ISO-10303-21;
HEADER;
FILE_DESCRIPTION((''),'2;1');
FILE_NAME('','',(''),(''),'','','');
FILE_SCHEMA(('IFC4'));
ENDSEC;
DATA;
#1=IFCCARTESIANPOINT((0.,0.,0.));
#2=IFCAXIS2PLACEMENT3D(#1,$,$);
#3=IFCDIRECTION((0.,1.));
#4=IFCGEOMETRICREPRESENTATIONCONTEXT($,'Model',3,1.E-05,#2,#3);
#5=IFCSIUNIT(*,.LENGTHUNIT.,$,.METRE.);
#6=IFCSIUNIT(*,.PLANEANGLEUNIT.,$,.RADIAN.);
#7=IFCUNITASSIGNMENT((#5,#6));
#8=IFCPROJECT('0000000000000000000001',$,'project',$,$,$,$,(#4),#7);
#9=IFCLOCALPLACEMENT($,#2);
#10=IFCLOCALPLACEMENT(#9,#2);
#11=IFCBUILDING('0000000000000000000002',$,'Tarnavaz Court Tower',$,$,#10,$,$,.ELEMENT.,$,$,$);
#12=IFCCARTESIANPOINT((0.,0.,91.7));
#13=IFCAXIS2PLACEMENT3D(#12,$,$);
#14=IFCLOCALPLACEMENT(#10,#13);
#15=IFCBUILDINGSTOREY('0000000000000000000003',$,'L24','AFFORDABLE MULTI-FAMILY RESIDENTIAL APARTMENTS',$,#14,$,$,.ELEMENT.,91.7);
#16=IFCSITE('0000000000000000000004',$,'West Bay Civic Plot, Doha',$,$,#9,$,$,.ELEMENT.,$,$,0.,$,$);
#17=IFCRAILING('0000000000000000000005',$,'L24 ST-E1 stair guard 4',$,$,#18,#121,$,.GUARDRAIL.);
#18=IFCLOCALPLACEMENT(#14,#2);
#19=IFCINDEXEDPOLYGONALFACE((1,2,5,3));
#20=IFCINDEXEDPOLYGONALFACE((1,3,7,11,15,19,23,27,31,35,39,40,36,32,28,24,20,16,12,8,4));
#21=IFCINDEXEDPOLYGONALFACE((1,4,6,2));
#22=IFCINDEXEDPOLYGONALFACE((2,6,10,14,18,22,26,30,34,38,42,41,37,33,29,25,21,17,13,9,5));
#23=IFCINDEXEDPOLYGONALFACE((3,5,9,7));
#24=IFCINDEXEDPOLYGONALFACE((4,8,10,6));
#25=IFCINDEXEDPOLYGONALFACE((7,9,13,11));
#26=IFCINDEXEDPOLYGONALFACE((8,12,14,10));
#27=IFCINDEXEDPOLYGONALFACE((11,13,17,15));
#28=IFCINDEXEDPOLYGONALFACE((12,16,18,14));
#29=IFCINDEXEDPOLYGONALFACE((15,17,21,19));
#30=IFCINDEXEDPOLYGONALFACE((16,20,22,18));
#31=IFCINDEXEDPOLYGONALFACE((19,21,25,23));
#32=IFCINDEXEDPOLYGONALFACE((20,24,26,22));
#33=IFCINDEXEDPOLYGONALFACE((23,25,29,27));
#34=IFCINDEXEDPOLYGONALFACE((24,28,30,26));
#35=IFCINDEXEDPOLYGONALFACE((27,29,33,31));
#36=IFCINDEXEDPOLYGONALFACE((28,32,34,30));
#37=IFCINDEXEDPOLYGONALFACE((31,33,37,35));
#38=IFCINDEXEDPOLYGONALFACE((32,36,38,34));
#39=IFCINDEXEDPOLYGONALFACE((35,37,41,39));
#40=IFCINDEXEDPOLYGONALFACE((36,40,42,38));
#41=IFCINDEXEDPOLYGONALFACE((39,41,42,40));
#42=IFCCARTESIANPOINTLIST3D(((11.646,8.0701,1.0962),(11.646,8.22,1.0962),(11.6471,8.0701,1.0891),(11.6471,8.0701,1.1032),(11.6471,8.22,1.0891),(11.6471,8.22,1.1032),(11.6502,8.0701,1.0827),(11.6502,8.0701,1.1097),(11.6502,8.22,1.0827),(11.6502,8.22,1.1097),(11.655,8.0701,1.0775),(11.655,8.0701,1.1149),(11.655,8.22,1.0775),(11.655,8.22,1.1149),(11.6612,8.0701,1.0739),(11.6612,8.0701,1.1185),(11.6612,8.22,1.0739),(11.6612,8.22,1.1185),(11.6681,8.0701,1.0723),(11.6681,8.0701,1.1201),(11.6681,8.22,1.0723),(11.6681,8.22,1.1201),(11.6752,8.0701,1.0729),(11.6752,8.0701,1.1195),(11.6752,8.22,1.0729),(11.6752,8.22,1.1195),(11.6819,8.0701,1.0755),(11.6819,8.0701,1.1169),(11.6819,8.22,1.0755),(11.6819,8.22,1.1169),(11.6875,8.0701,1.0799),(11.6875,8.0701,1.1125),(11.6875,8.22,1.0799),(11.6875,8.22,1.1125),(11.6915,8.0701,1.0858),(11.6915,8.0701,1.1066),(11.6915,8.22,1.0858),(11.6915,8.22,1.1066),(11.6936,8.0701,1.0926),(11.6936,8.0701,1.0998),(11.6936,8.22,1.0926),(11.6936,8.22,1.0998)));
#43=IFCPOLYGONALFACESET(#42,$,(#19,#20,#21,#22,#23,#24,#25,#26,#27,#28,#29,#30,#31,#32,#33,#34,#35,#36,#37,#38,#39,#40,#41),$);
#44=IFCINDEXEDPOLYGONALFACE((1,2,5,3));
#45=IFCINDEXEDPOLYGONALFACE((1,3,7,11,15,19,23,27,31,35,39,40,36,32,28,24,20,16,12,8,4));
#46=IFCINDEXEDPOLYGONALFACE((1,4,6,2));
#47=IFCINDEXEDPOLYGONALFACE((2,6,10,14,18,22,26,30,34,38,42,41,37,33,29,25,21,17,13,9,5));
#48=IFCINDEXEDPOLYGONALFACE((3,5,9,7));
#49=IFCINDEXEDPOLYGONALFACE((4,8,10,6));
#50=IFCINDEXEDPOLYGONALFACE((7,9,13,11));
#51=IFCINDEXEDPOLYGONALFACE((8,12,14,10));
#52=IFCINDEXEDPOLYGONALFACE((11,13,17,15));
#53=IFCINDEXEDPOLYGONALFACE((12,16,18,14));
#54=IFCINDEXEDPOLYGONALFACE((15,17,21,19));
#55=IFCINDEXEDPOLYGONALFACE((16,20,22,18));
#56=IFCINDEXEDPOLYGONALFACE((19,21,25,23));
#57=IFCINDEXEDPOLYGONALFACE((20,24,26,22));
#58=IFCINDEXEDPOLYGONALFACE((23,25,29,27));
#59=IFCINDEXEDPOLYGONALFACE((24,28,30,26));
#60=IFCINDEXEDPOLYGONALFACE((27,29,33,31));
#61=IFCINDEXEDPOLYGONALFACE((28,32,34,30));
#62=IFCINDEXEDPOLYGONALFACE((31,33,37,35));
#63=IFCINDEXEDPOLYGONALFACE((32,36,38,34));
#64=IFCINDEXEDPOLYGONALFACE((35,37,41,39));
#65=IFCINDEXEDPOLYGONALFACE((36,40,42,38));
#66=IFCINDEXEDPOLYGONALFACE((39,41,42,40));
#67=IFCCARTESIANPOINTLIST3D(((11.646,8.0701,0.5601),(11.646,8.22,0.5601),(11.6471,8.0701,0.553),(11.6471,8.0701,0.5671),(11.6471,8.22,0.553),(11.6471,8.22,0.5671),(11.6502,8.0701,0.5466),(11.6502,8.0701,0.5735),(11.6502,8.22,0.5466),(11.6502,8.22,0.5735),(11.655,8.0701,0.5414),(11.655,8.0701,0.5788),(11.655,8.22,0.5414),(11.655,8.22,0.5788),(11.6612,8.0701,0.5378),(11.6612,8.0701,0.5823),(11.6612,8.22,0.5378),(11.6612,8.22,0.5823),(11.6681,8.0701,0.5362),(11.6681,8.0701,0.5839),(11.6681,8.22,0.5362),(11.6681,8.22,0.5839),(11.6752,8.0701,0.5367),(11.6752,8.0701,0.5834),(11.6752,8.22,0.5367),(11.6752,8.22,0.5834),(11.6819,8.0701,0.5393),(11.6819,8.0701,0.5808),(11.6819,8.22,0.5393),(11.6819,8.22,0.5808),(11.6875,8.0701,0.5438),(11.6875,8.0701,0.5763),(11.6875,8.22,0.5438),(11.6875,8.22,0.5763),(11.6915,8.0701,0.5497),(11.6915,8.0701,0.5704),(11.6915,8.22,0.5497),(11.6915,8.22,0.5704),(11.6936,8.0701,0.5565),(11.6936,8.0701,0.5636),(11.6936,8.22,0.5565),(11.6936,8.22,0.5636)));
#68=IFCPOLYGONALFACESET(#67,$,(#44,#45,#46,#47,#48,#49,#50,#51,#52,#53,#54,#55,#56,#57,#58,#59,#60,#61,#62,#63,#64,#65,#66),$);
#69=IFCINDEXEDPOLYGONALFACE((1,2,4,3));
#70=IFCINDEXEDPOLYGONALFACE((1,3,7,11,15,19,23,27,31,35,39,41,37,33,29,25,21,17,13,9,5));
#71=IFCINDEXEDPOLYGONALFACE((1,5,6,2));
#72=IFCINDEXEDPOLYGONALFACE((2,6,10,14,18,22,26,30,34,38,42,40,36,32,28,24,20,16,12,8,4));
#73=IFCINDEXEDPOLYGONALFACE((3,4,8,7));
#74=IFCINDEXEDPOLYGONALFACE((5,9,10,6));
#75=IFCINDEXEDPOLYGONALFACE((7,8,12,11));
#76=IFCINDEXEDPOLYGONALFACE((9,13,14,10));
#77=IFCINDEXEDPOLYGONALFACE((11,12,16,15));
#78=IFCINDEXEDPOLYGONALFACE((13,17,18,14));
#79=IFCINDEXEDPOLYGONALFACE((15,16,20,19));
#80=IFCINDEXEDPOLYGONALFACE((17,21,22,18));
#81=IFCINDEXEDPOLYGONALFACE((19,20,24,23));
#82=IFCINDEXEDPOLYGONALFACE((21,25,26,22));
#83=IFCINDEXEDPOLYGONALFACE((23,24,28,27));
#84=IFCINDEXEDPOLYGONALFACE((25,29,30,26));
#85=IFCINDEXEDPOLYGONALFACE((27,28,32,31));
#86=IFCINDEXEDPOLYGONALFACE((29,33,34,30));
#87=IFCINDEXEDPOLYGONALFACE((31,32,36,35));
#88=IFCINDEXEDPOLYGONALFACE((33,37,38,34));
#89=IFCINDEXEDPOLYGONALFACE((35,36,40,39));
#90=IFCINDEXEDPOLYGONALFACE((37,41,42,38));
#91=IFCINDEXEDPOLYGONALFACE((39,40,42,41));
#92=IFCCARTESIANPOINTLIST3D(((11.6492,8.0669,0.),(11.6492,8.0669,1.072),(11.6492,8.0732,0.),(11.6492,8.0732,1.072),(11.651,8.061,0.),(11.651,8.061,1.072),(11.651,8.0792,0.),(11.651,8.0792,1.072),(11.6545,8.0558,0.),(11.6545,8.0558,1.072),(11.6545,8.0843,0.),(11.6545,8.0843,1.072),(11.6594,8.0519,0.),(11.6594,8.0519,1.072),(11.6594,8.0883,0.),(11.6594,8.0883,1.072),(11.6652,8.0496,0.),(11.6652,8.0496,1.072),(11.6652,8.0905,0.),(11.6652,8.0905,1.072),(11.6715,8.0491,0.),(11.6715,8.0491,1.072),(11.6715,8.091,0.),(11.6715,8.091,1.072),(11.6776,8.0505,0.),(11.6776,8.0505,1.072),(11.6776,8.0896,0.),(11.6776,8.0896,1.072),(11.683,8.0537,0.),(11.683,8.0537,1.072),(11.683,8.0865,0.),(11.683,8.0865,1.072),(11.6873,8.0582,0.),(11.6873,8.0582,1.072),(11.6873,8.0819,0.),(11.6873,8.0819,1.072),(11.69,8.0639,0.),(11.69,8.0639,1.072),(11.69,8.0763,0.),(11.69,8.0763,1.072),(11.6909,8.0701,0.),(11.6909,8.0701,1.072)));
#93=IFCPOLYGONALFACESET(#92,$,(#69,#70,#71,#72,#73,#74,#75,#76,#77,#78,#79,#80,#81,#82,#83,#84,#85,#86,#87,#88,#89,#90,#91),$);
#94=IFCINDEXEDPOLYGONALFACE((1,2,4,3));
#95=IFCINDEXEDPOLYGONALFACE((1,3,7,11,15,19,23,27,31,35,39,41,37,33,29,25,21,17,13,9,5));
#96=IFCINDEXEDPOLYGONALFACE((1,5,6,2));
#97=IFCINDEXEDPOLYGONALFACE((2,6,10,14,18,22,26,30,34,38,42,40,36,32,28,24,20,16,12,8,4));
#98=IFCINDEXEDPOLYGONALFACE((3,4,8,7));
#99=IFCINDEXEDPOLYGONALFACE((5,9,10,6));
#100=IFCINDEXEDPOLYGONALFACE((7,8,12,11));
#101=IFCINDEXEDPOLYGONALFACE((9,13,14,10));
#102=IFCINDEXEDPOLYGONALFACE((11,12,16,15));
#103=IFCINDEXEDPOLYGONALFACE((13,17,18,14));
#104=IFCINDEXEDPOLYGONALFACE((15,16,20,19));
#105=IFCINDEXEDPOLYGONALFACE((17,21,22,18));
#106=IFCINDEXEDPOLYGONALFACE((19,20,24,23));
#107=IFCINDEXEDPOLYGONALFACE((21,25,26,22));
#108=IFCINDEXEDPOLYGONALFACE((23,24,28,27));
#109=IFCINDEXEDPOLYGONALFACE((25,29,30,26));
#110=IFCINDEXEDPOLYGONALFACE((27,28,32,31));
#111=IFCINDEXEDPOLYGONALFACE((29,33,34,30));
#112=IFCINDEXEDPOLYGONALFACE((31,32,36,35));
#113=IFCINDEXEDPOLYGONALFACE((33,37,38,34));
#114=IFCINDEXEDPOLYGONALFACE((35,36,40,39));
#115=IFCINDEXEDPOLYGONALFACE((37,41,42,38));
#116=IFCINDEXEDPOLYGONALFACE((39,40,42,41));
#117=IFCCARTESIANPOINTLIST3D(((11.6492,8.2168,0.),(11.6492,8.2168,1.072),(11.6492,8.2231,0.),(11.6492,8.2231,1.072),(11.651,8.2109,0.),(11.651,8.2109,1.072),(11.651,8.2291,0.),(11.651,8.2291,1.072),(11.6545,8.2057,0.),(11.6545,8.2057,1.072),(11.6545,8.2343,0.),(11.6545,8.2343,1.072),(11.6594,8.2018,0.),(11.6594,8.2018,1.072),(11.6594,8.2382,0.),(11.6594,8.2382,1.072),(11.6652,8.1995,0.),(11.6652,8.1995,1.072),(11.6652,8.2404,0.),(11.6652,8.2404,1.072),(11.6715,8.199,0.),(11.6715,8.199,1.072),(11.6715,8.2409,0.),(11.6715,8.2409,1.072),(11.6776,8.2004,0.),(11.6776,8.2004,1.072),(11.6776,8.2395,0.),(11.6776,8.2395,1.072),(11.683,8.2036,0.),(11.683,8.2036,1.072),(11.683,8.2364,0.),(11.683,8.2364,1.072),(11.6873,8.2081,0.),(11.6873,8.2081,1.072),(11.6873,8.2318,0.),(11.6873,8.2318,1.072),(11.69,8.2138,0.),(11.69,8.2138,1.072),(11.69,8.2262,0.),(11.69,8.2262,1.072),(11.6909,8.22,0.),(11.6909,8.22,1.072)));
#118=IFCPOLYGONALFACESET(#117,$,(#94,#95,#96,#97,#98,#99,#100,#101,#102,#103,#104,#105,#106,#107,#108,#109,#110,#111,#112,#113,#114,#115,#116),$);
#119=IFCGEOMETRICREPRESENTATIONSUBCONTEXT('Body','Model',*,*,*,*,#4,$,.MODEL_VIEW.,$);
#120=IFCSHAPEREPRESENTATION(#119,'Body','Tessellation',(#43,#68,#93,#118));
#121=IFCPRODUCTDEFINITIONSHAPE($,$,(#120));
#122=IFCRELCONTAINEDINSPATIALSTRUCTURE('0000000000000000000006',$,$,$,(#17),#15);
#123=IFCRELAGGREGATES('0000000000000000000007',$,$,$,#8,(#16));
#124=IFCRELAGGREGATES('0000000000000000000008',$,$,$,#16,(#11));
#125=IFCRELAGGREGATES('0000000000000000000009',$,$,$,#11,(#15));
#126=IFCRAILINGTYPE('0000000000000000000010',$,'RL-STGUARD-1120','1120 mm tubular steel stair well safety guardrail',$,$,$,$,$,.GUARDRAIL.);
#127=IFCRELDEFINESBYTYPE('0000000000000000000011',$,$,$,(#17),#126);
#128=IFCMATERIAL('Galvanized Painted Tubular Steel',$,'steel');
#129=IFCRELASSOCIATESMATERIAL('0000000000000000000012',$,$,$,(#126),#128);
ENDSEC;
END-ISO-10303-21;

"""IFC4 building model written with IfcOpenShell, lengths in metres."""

from ifc_helpers import new_model, si_unit, direction, frame, origin, origin_2d, place, context, subcontext, project, spatial, circle, extrude, material, type_object, element, save


model = new_model("IFC4")

# Units and contexts
model_context = context("Model", 3, precision=1e-05, world=origin(), true_north=direction((0.0, 1.0)))
body_context = subcontext(model_context, "Body", "Model", "MODEL_VIEW")
ifc_project = project(units=[si_unit("LENGTHUNIT", "METRE"), si_unit("PLANEANGLEUNIT", "RADIAN")], contexts=[model_context])

# Site, building, storey
site_placement = place(None, origin())
site = spatial("IfcSite", under=ifc_project, at=site_placement, Name="West Bay Civic Plot, Doha", CompositionType="ELEMENT", RefElevation=0.0)
building_placement = place(site_placement, origin())
building = spatial("IfcBuilding", under=site, at=building_placement, Name="Tarnavaz Court Tower", CompositionType="ELEMENT")
storey_placement = place(building_placement, frame((0.0, 0.0, 91.7)))
storey = spatial("IfcBuildingStorey", under=building, at=storey_placement, Name="L24", Description="AFFORDABLE MULTI-FAMILY RESIDENTIAL APARTMENTS", CompositionType="ELEMENT", Elevation=91.7)

# Railing
ifc_material_1 = material(Name="Galvanized Painted Tubular Steel", Category="steel")
railing_type_1 = type_object("IfcRailingType", Name="RL-STGUARD-1120", Description="1120 mm tubular steel stair well safety guardrail", PredefinedType="GUARDRAIL", material=ifc_material_1)
railing_1_placement = place(storey_placement, frame((11.6699, 8.0701, 0.0)))
element("IfcRailing", 1, at=railing_1_placement, inside=storey, type_object=railing_type_1, Name="L24 ST-E1 stair guard 4", PredefinedType="GUARDRAIL", context=body_context, shape_type="SweptSolid", body=[
    extrude(circle(Radius=0.0239, at=origin_2d()), frame((0.0, 0.0, 1.0962), z_axis=(0.0, 1.0, 0.0), x_axis=(-1.0, 0.0, 0.0)), (0.0, 0.0, 1.0), 0.1499),
    extrude(circle(Radius=0.0239, at=origin_2d()), frame((0.0, 0.0, 0.5601), z_axis=(0.0, 1.0, 0.0), x_axis=(-1.0, 0.0, 0.0)), (0.0, 0.0, 1.0), 0.1499),
    extrude(circle(Radius=0.021, at=origin_2d()), origin(), (0.0, 0.0, 1.0), 1.072),
    extrude(circle(Radius=0.021, at=origin_2d()), frame((0.0, 0.1499, 0.0)), (0.0, 0.0, 1.0), 1.072),
])

save(model, "model.ifc")
